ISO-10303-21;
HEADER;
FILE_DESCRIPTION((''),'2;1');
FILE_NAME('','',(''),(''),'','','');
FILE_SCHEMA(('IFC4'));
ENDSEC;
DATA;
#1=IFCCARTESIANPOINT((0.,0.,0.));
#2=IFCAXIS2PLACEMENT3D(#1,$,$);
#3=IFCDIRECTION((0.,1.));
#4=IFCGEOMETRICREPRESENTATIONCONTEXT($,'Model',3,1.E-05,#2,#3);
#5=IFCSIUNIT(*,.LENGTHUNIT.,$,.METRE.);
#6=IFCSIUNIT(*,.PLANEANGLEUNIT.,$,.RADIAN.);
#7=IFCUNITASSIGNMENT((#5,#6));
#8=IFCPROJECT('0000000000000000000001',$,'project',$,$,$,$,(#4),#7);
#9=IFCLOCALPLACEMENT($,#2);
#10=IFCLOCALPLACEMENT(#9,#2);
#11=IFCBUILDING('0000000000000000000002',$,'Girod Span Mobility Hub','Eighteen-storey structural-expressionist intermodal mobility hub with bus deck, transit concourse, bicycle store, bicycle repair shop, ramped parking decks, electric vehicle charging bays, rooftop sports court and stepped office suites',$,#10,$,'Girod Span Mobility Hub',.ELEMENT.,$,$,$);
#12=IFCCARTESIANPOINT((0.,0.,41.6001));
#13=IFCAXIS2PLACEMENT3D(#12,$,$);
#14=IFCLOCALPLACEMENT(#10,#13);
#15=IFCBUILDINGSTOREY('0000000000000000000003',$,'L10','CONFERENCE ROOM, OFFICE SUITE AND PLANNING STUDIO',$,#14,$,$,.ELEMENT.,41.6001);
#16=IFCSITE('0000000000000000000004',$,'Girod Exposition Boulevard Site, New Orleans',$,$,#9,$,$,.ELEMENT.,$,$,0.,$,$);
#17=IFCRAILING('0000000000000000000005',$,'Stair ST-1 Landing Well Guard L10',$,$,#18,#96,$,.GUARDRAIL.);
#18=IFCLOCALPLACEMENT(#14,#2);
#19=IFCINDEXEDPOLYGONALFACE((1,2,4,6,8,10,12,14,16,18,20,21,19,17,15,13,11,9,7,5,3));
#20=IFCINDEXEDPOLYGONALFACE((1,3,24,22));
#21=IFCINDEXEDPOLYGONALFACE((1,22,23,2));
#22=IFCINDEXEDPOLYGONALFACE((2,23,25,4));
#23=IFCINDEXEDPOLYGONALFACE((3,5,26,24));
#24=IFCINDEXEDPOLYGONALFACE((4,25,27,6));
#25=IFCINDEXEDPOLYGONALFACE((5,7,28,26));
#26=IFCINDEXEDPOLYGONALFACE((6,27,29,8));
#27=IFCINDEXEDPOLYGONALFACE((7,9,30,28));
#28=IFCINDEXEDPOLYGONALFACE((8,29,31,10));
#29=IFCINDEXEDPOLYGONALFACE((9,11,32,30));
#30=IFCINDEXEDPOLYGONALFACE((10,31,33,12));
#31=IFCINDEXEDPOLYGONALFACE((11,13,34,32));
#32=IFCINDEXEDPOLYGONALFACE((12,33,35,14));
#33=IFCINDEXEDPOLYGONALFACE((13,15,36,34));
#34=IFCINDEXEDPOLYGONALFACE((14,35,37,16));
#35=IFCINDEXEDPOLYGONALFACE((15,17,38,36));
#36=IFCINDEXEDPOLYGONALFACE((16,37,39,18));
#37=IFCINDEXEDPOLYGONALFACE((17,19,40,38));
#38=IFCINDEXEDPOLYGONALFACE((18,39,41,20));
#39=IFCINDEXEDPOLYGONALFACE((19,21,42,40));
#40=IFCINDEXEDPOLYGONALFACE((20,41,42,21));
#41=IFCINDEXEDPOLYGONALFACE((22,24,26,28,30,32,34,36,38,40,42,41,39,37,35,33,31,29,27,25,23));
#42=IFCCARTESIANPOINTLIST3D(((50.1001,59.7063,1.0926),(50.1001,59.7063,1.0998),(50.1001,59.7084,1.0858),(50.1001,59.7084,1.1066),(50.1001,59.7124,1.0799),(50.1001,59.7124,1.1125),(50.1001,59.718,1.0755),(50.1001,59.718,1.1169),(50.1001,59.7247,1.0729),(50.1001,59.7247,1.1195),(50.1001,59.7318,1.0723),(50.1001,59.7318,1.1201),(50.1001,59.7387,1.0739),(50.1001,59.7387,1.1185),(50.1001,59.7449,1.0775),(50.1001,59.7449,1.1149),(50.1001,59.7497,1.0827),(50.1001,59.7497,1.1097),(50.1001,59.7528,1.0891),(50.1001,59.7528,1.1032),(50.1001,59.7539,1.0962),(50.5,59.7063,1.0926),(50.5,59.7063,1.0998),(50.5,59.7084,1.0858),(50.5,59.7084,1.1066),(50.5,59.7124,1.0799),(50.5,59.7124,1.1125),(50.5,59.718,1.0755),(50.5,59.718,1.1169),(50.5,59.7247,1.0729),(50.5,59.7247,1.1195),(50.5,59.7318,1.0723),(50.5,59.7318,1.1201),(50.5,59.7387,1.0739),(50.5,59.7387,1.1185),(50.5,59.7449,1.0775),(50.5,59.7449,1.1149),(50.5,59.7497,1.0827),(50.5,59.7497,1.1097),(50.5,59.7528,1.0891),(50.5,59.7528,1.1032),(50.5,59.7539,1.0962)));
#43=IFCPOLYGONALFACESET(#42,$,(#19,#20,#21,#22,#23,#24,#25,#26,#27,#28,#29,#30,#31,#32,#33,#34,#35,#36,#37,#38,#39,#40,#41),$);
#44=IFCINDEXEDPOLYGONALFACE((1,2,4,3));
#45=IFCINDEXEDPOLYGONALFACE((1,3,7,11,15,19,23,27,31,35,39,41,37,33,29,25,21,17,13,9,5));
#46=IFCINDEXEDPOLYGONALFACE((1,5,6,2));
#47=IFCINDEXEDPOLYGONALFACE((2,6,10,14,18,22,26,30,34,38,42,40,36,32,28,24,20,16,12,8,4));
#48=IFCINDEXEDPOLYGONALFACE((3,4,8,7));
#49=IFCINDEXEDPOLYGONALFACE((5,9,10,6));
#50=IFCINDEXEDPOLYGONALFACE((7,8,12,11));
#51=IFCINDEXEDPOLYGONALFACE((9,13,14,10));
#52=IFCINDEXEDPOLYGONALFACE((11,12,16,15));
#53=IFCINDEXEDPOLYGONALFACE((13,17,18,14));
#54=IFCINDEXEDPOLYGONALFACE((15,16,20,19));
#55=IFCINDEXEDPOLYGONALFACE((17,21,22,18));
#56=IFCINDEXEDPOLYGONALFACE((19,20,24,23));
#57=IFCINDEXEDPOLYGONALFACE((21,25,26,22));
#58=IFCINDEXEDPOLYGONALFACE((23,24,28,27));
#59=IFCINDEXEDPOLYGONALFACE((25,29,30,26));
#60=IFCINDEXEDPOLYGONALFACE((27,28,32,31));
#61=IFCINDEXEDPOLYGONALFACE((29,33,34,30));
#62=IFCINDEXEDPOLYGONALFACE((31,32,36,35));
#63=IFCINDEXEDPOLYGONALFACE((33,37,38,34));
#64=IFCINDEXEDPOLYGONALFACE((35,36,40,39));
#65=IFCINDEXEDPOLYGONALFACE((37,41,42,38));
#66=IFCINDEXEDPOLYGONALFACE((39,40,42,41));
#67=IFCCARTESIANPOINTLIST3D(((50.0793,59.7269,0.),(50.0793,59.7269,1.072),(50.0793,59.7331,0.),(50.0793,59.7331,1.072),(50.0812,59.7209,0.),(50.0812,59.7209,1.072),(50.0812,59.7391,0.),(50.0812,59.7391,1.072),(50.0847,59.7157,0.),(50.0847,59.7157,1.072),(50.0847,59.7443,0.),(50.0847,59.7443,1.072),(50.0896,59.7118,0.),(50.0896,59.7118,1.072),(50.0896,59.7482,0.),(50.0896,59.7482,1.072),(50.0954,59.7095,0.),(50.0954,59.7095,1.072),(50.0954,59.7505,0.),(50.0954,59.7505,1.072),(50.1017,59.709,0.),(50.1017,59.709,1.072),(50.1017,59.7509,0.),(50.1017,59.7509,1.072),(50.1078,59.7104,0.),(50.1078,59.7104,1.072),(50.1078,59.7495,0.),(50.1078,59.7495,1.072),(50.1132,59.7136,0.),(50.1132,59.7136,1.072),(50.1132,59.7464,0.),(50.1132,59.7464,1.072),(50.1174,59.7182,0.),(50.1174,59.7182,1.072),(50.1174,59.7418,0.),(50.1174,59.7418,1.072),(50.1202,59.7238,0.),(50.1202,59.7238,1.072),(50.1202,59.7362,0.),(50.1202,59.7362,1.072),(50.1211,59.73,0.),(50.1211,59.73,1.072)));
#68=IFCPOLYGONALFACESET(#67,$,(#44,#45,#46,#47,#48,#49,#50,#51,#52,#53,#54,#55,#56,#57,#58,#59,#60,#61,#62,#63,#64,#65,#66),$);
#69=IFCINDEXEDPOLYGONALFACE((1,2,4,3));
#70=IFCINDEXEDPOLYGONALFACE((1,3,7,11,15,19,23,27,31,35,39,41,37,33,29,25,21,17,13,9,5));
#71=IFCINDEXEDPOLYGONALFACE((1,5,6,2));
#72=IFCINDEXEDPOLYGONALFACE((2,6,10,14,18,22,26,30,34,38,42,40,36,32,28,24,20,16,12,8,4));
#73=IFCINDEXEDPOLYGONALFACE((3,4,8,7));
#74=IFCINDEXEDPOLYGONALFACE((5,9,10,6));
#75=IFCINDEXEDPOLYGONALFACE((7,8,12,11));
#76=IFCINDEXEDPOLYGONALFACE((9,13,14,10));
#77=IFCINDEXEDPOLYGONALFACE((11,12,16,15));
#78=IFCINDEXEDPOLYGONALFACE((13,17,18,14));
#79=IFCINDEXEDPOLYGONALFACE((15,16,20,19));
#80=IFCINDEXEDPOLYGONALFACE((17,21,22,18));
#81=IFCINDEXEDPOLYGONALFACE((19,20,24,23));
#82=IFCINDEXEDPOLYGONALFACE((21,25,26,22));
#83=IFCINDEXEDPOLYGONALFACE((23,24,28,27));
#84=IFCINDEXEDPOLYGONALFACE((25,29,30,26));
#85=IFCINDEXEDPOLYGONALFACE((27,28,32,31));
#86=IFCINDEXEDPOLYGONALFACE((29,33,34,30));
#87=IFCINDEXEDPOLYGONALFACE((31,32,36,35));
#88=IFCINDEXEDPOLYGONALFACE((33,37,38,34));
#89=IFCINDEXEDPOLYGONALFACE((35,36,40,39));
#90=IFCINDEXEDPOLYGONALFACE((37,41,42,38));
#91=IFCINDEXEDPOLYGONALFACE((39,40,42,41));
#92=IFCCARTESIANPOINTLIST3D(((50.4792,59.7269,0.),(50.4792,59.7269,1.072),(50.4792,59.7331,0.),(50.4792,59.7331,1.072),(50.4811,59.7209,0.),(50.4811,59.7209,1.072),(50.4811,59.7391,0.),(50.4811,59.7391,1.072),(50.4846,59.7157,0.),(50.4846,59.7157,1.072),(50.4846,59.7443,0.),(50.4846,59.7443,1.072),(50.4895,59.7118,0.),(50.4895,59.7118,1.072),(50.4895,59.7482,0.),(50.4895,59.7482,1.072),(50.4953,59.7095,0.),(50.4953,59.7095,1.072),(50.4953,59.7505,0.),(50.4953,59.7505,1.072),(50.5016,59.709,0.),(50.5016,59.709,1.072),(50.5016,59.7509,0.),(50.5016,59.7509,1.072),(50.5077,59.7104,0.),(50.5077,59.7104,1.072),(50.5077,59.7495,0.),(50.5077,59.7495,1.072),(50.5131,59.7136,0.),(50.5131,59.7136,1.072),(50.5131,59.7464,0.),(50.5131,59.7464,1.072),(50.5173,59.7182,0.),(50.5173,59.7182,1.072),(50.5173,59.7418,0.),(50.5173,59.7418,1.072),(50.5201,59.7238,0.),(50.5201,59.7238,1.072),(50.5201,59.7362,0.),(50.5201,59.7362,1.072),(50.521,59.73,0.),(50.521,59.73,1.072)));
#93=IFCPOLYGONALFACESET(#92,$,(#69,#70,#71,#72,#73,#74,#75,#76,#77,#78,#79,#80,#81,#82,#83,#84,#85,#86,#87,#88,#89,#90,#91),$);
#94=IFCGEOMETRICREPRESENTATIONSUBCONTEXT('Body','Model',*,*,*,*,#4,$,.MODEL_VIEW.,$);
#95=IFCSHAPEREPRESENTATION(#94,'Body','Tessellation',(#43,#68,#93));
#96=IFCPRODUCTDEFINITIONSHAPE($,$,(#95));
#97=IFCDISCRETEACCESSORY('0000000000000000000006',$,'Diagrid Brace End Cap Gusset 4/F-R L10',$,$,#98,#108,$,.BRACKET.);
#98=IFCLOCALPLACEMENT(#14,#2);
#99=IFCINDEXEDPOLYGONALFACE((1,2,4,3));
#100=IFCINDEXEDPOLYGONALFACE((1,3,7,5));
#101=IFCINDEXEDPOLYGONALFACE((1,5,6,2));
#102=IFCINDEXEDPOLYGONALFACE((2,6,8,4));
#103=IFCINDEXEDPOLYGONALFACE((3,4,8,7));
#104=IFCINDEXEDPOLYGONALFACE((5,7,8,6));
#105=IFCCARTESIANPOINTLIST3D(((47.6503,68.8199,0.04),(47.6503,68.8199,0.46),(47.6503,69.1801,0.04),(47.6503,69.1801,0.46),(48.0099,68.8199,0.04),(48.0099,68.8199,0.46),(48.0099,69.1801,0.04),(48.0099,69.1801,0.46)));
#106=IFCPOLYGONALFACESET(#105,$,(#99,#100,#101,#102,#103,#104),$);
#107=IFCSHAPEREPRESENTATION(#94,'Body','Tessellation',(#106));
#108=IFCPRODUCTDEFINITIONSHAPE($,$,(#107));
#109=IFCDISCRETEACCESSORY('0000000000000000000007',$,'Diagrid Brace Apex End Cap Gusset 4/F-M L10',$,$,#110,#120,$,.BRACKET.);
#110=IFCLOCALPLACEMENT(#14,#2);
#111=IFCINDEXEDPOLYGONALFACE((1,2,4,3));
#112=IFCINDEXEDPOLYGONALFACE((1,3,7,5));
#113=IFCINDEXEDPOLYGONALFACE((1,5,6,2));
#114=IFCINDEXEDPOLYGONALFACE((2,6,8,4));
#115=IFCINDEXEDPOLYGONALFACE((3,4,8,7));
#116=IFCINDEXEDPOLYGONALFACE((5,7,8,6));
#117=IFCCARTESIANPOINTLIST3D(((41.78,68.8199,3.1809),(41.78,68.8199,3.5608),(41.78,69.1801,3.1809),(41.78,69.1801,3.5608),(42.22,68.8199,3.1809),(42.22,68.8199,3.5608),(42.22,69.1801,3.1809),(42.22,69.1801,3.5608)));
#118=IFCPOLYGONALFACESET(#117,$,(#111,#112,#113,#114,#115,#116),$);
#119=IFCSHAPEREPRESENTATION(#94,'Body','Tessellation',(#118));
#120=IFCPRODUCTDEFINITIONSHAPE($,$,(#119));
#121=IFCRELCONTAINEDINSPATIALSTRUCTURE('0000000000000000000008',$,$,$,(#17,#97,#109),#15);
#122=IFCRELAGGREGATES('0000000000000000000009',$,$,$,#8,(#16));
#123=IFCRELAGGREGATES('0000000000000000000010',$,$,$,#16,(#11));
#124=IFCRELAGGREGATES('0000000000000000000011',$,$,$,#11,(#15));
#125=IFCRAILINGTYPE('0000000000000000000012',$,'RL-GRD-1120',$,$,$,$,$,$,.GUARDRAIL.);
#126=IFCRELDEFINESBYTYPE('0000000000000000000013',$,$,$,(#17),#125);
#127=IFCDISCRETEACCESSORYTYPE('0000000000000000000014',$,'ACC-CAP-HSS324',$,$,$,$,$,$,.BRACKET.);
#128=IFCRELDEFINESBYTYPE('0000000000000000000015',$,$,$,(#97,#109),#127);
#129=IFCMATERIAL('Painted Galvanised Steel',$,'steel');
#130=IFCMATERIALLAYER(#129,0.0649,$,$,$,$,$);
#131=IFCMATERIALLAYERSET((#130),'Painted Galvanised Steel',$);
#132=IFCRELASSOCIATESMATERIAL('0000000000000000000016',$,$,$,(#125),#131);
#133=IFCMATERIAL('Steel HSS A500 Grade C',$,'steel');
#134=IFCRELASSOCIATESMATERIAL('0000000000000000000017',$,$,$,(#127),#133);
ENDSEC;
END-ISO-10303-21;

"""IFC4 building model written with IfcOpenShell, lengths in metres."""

from ifc_helpers import new_model, si_unit, direction, frame, origin, origin_2d, place, context, subcontext, project, spatial, rectangle, circle, extrude, material, layer, layer_set, type_object, element, save


model = new_model("IFC4")

# Units and contexts
model_context = context("Model", 3, precision=1e-05, world=origin(), true_north=direction((0.0, 1.0)))
body_context = subcontext(model_context, "Body", "Model", "MODEL_VIEW")
ifc_project = project(units=[si_unit("LENGTHUNIT", "METRE"), si_unit("PLANEANGLEUNIT", "RADIAN")], contexts=[model_context])

# Site, building, storey
site_placement = place(None, origin())
site = spatial("IfcSite", under=ifc_project, at=site_placement, Name="Girod Exposition Boulevard Site, New Orleans", CompositionType="ELEMENT", RefElevation=0.0)
building_placement = place(site_placement, origin())
building = spatial("IfcBuilding", under=site, at=building_placement, Name="Girod Span Mobility Hub", Description="Eighteen-storey structural-expressionist intermodal mobility hub with bus deck, transit concourse, bicycle store, bicycle repair shop, ramped parking decks, electric vehicle charging bays, rooftop sports court and stepped office suites", LongName="Girod Span Mobility Hub", CompositionType="ELEMENT")
storey_placement = place(building_placement, frame((0.0, 0.0, 41.6001)))
storey = spatial("IfcBuildingStorey", under=building, at=storey_placement, Name="L10", Description="CONFERENCE ROOM, OFFICE SUITE AND PLANNING STUDIO", CompositionType="ELEMENT", Elevation=41.6001)

# Railing
ifc_material_1 = material(Name="Painted Galvanised Steel", Category="steel")
ifc_layer_1 = layer(ifc_material_1, 0.0649)
ifc_layer_set_1 = layer_set([ifc_layer_1], Name="Painted Galvanised Steel")
railing_type_1 = type_object("IfcRailingType", Name="RL-GRD-1120", PredefinedType="GUARDRAIL", material=ifc_layer_set_1)
for number, where, name in (
    (1, (50.1001, 59.73, 0.0), "Stair ST-1 Landing Well Guard L10"),
):
    element("IfcRailing", number, at=place(storey_placement, frame(where)), inside=storey, type_object=railing_type_1, Name=name, PredefinedType="GUARDRAIL", context=body_context, shape_type="SweptSolid", body=[
        extrude(circle(Radius=0.0239, at=origin_2d()), frame((0.0, 0.0, 1.0962), z_axis=(1.0, 0.0, 0.0), x_axis=(0.0, 1.0, 0.0)), (0.0, 0.0, 1.0), 0.3999),
        extrude(circle(Radius=0.021, at=origin_2d()), origin(), (0.0, 0.0, 1.0), 1.072),
        extrude(circle(Radius=0.021, at=origin_2d()), frame((0.3999, 0.0, 0.0)), (0.0, 0.0, 1.0), 1.072),
    ])

# Discrete accessories
ifc_material_2 = material(Name="Steel HSS A500 Grade C", Category="steel")
discrete_accessory_type = type_object("IfcDiscreteAccessoryType", Name="ACC-CAP-HSS324", PredefinedType="BRACKET", material=ifc_material_2)
discrete_accessory_1_placement = place(storey_placement, frame((47.8301, 69.0, 0.04), z_axis=(0.0, 0.0, 1.0), x_axis=(1.0, 0.0, 0.0)))
element("IfcDiscreteAccessory", 2, at=discrete_accessory_1_placement, inside=storey, type_object=discrete_accessory_type, Name="Diagrid Brace End Cap Gusset 4/F-R L10", PredefinedType="BRACKET", context=body_context, shape_type="SweptSolid", body=[
    extrude(rectangle(XDim=0.3596, YDim=0.3601, at=origin_2d()), origin(), (0.0, 0.0, 1.0), 0.4199),
])
discrete_accessory_2_placement = place(storey_placement, frame((42.0, 69.0, 3.1809), z_axis=(0.0, 0.0, 1.0), x_axis=(1.0, 0.0, 0.0)))
element("IfcDiscreteAccessory", 3, at=discrete_accessory_2_placement, inside=storey, type_object=discrete_accessory_type, Name="Diagrid Brace Apex End Cap Gusset 4/F-M L10", PredefinedType="BRACKET", context=body_context, shape_type="SweptSolid", body=[
    extrude(rectangle(XDim=0.4399, YDim=0.3601, at=origin_2d()), origin(), (0.0, 0.0, 1.0), 0.3799),
])

save(model, "model.ifc")
